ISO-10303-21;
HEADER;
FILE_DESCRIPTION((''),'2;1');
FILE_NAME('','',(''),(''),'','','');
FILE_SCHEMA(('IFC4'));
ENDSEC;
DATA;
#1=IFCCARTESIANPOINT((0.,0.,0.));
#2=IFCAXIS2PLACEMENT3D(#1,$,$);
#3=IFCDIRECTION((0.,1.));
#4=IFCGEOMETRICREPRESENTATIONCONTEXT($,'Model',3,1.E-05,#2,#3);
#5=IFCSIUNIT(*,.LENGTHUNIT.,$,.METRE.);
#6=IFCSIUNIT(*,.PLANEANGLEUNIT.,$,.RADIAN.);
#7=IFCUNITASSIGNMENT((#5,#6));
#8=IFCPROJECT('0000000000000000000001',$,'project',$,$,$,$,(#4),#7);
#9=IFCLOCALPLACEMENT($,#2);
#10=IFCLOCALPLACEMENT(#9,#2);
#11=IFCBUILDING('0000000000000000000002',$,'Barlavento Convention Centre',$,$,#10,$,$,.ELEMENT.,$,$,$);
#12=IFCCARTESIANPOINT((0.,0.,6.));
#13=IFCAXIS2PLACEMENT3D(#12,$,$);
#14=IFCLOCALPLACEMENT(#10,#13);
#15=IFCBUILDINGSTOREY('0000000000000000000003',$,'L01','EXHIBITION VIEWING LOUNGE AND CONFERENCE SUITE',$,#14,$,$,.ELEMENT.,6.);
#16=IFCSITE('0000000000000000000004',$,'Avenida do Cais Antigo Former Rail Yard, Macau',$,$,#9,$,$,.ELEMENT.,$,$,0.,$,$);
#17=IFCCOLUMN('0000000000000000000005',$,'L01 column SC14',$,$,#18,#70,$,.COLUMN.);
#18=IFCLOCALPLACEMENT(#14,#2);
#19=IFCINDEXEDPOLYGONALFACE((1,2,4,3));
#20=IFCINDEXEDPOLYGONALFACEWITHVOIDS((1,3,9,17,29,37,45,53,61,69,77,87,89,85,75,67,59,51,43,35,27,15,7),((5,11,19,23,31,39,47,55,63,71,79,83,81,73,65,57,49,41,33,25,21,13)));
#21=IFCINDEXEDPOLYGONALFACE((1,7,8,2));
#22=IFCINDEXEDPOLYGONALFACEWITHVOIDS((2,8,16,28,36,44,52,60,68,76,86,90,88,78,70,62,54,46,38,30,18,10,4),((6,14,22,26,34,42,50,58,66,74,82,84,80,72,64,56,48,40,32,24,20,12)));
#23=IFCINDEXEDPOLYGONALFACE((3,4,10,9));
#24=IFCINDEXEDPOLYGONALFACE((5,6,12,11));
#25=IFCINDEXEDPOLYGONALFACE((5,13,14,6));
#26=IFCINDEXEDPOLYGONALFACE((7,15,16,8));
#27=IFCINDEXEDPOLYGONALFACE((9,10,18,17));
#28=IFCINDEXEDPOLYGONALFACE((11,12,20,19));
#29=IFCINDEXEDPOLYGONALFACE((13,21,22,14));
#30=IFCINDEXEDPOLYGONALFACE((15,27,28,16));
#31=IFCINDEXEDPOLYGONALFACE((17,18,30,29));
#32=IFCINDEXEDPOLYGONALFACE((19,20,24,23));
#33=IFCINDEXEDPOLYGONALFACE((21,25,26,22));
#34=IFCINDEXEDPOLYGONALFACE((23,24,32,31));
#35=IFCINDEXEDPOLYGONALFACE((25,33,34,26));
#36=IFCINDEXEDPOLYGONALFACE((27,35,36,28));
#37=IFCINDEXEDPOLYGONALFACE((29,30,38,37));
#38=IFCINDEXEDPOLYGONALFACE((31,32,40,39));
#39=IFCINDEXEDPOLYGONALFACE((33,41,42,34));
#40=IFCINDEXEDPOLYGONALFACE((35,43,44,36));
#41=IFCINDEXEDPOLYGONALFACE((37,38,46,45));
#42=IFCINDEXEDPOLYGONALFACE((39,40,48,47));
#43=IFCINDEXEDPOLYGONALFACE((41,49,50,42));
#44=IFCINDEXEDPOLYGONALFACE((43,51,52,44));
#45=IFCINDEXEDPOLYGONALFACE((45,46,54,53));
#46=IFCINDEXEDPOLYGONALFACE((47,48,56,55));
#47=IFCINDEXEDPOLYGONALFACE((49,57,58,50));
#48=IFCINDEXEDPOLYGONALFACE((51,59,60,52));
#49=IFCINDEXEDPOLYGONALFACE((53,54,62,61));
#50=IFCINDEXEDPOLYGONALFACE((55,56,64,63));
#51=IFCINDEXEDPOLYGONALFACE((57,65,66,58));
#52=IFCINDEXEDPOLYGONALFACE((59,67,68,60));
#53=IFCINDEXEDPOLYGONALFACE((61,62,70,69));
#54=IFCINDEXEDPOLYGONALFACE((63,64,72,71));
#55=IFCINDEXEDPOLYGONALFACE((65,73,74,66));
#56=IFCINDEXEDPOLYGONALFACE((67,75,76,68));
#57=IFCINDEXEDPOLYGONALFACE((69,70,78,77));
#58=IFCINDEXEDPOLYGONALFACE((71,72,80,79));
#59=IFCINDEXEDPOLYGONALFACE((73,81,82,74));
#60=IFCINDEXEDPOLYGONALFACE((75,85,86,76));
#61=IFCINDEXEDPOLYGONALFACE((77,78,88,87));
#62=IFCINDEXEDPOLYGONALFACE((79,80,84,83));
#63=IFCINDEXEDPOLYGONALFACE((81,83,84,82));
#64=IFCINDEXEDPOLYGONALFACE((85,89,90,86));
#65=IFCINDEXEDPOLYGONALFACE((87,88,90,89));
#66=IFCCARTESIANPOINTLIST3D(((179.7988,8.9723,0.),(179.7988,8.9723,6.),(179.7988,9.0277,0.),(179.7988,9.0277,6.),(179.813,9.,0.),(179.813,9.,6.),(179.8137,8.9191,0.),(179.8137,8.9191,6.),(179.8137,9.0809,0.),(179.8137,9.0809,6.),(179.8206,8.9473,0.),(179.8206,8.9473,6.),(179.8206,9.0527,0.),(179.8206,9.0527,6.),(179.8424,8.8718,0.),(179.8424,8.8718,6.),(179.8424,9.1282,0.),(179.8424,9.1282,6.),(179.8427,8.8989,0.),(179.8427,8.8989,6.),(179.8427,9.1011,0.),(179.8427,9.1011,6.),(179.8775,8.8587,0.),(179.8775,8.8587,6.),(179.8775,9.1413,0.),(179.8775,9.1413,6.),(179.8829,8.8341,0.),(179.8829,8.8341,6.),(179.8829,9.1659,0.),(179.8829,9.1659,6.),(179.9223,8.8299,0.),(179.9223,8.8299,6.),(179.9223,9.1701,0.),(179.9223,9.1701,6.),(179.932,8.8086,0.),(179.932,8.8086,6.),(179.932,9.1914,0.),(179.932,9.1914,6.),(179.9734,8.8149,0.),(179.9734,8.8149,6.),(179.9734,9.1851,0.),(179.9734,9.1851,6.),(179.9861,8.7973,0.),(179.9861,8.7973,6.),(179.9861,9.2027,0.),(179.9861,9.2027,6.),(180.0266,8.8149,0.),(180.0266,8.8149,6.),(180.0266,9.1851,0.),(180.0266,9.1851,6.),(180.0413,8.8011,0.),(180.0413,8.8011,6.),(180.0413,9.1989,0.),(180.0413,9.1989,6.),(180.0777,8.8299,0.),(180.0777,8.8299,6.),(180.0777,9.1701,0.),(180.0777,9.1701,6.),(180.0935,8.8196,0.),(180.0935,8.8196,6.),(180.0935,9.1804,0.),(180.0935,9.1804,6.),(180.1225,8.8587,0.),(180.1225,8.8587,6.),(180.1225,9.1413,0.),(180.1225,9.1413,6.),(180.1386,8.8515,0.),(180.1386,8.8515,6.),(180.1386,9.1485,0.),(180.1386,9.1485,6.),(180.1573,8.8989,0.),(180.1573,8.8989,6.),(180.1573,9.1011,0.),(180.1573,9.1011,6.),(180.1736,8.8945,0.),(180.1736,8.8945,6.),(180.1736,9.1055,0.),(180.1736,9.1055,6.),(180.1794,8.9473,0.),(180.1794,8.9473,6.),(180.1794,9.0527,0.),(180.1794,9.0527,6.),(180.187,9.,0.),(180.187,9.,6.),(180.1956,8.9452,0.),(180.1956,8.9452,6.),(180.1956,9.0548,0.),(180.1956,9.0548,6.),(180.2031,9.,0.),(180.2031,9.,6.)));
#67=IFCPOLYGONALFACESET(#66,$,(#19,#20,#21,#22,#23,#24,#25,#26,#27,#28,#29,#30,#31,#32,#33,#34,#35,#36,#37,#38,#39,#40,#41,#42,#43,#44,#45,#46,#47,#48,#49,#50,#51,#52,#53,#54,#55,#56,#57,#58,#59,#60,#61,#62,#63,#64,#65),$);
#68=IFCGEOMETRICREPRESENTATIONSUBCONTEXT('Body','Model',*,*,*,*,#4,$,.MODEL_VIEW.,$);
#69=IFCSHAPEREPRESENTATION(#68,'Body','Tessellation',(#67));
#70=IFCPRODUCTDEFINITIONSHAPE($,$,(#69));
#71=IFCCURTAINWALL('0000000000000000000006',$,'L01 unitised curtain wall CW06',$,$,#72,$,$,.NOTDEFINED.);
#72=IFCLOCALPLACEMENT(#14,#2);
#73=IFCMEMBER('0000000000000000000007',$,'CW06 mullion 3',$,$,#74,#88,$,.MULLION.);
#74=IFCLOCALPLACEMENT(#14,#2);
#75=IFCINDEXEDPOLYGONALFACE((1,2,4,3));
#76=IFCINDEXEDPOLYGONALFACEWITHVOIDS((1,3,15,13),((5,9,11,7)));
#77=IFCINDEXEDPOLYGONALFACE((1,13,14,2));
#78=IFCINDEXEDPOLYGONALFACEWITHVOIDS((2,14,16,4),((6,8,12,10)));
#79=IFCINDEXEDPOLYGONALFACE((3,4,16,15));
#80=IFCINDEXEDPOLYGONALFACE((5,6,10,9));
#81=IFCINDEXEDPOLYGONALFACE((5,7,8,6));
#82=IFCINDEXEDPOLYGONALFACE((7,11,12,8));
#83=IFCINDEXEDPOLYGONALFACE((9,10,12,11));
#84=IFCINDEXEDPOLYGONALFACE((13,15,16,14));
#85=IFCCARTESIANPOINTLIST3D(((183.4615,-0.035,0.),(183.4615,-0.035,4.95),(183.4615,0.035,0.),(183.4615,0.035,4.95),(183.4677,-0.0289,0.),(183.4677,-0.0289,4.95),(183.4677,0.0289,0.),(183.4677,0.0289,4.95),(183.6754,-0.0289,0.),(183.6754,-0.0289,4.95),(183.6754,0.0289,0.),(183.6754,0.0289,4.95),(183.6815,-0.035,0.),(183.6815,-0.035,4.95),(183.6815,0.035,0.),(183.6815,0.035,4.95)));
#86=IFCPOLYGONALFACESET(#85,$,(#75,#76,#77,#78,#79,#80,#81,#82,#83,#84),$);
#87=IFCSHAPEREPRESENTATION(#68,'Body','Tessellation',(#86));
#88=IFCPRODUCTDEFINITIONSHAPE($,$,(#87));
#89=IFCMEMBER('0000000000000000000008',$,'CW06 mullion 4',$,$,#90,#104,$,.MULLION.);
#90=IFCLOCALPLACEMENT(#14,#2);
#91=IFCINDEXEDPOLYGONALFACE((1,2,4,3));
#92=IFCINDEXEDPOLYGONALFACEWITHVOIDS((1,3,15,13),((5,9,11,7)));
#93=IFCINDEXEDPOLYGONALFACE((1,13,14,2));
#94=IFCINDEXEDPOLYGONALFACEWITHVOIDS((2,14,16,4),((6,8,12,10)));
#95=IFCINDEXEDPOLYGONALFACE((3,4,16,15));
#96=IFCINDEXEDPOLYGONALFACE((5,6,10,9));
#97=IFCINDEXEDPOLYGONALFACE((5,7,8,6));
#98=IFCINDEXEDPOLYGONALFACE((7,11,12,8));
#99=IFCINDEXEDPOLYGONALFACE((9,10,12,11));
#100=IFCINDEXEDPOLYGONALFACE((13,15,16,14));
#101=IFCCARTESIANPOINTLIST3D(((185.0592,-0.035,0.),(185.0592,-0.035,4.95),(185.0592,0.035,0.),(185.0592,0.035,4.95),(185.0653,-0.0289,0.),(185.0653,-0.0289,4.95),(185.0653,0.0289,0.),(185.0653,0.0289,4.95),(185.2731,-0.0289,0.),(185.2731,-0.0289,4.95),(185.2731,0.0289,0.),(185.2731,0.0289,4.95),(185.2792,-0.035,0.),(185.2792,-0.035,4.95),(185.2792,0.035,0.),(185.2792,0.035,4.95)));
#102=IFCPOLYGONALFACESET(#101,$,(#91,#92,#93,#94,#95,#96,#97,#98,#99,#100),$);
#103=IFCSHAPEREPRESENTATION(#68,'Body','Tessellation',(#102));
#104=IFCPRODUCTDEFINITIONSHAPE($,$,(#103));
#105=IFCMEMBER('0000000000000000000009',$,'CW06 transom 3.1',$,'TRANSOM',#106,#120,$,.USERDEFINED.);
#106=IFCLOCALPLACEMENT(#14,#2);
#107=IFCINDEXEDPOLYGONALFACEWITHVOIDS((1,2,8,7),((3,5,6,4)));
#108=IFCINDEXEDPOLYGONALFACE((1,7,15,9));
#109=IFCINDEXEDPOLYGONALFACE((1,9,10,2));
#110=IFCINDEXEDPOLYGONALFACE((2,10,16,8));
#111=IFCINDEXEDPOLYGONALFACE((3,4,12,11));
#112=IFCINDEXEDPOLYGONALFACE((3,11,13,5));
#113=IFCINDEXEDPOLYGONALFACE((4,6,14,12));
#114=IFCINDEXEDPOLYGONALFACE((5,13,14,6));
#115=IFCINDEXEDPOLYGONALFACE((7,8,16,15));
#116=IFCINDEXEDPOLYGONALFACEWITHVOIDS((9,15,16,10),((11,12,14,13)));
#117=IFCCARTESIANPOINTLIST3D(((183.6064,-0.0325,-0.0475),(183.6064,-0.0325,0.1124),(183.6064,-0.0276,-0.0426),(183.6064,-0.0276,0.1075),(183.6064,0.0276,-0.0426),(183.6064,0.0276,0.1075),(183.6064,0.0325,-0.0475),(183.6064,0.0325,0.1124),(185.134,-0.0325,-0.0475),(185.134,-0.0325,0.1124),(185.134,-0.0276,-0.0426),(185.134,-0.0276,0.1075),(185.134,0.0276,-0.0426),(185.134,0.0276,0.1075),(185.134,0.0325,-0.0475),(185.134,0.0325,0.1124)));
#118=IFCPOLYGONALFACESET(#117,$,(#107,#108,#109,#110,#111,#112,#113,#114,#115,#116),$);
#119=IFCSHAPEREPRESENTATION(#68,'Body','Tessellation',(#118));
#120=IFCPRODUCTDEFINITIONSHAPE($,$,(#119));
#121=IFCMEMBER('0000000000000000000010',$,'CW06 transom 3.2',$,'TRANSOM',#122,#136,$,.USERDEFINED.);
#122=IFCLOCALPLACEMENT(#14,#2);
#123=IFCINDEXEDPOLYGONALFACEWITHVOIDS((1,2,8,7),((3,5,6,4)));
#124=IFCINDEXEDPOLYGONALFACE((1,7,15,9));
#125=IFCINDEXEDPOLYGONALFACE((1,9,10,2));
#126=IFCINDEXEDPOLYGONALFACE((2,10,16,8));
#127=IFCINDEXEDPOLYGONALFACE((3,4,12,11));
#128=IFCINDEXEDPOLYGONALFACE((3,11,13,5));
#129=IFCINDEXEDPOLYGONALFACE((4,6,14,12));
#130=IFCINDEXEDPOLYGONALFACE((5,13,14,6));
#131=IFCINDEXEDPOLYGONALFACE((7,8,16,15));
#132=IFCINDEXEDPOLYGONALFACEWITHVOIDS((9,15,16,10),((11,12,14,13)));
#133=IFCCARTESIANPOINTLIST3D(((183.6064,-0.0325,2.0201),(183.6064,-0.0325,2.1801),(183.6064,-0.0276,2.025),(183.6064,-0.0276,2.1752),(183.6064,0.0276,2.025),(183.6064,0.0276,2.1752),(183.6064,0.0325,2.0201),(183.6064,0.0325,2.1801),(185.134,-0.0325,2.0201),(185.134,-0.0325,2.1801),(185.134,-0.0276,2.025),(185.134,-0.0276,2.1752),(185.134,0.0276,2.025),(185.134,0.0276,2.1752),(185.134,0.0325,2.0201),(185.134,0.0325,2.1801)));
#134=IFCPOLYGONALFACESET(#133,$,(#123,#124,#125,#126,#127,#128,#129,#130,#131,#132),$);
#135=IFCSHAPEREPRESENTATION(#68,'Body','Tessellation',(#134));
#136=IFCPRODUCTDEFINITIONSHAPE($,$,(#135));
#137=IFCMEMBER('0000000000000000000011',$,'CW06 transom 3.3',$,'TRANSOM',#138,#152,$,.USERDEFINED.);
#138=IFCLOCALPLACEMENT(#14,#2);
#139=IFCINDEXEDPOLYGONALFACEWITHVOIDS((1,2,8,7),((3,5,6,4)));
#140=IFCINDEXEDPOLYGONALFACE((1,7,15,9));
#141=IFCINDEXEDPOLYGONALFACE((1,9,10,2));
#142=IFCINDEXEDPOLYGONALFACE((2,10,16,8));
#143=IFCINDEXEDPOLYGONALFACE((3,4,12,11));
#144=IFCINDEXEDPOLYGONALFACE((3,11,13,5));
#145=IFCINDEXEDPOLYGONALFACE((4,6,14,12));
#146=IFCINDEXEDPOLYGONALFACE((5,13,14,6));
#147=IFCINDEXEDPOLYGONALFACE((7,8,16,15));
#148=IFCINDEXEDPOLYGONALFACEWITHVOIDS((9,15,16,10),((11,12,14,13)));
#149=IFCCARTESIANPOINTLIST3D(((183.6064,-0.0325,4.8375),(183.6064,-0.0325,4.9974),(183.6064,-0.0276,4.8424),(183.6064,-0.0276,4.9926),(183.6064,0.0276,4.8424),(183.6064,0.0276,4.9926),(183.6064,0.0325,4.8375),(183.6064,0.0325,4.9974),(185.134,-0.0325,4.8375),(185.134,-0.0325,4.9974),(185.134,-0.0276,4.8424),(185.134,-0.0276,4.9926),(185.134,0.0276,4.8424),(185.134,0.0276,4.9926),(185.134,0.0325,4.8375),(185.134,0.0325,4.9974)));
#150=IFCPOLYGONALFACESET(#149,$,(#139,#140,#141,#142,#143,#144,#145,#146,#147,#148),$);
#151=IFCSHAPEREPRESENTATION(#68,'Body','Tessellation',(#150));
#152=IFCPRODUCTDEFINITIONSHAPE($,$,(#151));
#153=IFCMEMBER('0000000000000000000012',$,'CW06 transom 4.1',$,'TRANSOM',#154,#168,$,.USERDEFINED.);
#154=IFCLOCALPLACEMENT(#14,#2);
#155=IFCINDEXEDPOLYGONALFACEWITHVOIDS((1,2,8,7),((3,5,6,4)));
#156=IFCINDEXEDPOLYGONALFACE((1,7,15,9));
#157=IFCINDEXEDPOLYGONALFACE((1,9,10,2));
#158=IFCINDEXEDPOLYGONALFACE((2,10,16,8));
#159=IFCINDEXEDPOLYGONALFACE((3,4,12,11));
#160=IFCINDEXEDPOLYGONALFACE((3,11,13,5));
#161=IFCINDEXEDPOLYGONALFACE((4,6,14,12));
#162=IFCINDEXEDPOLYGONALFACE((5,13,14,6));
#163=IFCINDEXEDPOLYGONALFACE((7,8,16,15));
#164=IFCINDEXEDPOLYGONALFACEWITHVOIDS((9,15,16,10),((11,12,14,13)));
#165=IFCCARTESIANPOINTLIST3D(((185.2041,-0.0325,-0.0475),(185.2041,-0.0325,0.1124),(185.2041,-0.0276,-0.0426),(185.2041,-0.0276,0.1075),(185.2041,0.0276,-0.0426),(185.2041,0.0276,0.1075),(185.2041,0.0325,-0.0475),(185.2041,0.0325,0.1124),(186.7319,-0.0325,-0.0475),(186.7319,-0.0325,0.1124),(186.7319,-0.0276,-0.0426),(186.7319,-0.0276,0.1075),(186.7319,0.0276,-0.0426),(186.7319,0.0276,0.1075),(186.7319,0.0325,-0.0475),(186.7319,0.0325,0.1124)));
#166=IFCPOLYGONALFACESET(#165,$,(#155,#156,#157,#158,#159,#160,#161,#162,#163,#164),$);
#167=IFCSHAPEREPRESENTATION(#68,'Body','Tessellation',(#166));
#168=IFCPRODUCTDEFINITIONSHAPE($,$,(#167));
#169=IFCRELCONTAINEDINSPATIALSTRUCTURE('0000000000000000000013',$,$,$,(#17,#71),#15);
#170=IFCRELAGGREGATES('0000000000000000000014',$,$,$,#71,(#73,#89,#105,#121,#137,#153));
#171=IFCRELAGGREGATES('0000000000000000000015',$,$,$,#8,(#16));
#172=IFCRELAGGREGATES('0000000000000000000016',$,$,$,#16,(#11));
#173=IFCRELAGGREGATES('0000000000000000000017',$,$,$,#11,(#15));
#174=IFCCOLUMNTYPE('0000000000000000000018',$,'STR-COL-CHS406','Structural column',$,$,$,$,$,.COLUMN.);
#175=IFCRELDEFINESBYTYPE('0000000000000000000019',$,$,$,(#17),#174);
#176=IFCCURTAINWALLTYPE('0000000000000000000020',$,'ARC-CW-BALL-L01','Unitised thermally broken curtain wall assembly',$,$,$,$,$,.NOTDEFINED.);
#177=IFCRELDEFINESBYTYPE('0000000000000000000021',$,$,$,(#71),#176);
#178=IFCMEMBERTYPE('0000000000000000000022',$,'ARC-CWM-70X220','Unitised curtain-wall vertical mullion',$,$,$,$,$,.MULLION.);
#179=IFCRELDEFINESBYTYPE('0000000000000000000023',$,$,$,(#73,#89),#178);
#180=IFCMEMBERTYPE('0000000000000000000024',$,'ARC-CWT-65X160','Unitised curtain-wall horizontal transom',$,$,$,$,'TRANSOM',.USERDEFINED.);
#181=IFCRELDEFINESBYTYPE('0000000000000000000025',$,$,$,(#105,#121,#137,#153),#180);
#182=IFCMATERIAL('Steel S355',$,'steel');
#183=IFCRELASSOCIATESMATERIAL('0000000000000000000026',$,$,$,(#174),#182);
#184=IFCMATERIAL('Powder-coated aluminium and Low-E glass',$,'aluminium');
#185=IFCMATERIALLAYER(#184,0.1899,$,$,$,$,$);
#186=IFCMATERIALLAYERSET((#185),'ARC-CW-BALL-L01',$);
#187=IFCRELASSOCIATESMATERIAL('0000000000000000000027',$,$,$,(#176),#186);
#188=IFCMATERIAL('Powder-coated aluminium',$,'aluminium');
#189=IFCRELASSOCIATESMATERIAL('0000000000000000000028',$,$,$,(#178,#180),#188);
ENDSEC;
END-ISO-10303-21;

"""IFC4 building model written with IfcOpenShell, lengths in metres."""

from ifc_helpers import new_model, si_unit, direction, frame, origin, origin_2d, place, context, subcontext, project, spatial, hollow_rectangle, hollow_circle, extrude, material, layer, layer_set, material_profile, profile_set, type_object, element, aggregate, save


model = new_model("IFC4")

# Units and contexts
model_context = context("Model", 3, precision=1e-05, world=origin(), true_north=direction((0.0, 1.0)))
body_context = subcontext(model_context, "Body", "Model", "MODEL_VIEW")
ifc_project = project(units=[si_unit("LENGTHUNIT", "METRE"), si_unit("PLANEANGLEUNIT", "RADIAN")], contexts=[model_context])

# Site, building, storey
site_placement = place(None, origin())
site = spatial("IfcSite", under=ifc_project, at=site_placement, Name="Avenida do Cais Antigo Former Rail Yard, Macau", CompositionType="ELEMENT", RefElevation=0.0)
building_placement = place(site_placement, origin())
building = spatial("IfcBuilding", under=site, at=building_placement, Name="Barlavento Convention Centre", CompositionType="ELEMENT")
storey_placement = place(building_placement, frame((0.0, 0.0, 6.0)))
storey = spatial("IfcBuildingStorey", under=building, at=storey_placement, Name="L01", Description="EXHIBITION VIEWING LOUNGE AND CONFERENCE SUITE", CompositionType="ELEMENT", Elevation=6.0)

# Column
ifc_material_1 = material(Name="Steel S355", Category="steel")
ifc_material_profile_1 = material_profile(ifc_material_1, hollow_circle(Radius=0.2031, WallThickness=0.0161, at=origin_2d()), Name="CHS 406.4x16.0")
ifc_profile_set_1 = profile_set([ifc_material_profile_1], Name="Steel S355")
column_type = type_object("IfcColumnType", Name="STR-COL-CHS406", Description="Structural column", PredefinedType="COLUMN", material=ifc_profile_set_1)
column_placement = place(storey_placement, frame((180.0, 9.0, 0.0), z_axis=(0.0, 0.0, 1.0), x_axis=(1.0, 0.0, 0.0)))
element("IfcColumn", 1, at=column_placement, inside=storey, type_object=column_type, Name="L01 column SC14", PredefinedType="COLUMN", context=body_context, shape_type="SweptSolid", body=[
    extrude(hollow_circle(Radius=0.2031, WallThickness=0.0161, at=origin_2d()), origin(), (0.0, 0.0, 1.0), 6.0),
])

# Curtain wall, members
ifc_material_2 = material(Name="Powder-coated aluminium and Low-E glass", Category="aluminium")
ifc_layer_1 = layer(ifc_material_2, 0.1899)
ifc_layer_set_1 = layer_set([ifc_layer_1], Name="ARC-CW-BALL-L01")
curtain_wall_type = type_object("IfcCurtainWallType", Name="ARC-CW-BALL-L01", Description="Unitised thermally broken curtain wall assembly", PredefinedType="NOTDEFINED", material=ifc_layer_set_1)
curtain_wall_placement = place(storey_placement, origin())
curtain_wall = element("IfcCurtainWall", 2, at=curtain_wall_placement, inside=storey, type_object=curtain_wall_type, Name="L01 unitised curtain wall CW06", PredefinedType="NOTDEFINED")
ifc_material_3 = material(Name="Powder-coated aluminium", Category="aluminium")
ifc_material_profile_2 = material_profile(ifc_material_3, hollow_rectangle(XDim=0.0701, YDim=0.22, WallThickness=0.0061, at=origin_2d()), Name="AL-MULL 70x220x6")
ifc_profile_set_2 = profile_set([ifc_material_profile_2], Name="Powder-coated aluminium")
member_type_1 = type_object("IfcMemberType", Name="ARC-CWM-70X220", Description="Unitised curtain-wall vertical mullion", PredefinedType="MULLION", material=ifc_profile_set_2)
member_1_placement = place(storey_placement, frame((183.5715, 0.0, 0.0), z_axis=(0.0, 0.0, 1.0), x_axis=(0.0, 1.0, 0.0)))
member_1 = element("IfcMember", 3, at=member_1_placement, type_object=member_type_1, Name="CW06 mullion 3", PredefinedType="MULLION", context=body_context, shape_type="SweptSolid", body=[
    extrude(hollow_rectangle(XDim=0.0701, YDim=0.22, WallThickness=0.0061, at=origin_2d()), origin(), (0.0, 0.0, 1.0), 4.95),
])
member_2_placement = place(storey_placement, frame((185.1692, 0.0, 0.0), z_axis=(0.0, 0.0, 1.0), x_axis=(0.0, 1.0, 0.0)))
member_2 = element("IfcMember", 4, at=member_2_placement, type_object=member_type_1, Name="CW06 mullion 4", PredefinedType="MULLION", context=body_context, shape_type="SweptSolid", body=[
    extrude(hollow_rectangle(XDim=0.0701, YDim=0.22, WallThickness=0.0061, at=origin_2d()), origin(), (0.0, 0.0, 1.0), 4.95),
])
ifc_material_profile_3 = material_profile(ifc_material_3, hollow_rectangle(XDim=0.0649, YDim=0.1599, WallThickness=0.0049, at=origin_2d()), Name="AL-TRAN 65x160x5")
ifc_profile_set_3 = profile_set([ifc_material_profile_3], Name="Powder-coated aluminium")
member_type_2 = type_object("IfcMemberType", Name="ARC-CWT-65X160", Description="Unitised curtain-wall horizontal transom", ElementType="TRANSOM", PredefinedType="USERDEFINED", material=ifc_profile_set_3)
member_3_placement = place(storey_placement, frame((183.6064, 0.0, 0.0325), z_axis=(1.0, 0.0, 0.0), x_axis=(0.0, 1.0, 0.0)))
member_3 = element("IfcMember", 5, at=member_3_placement, type_object=member_type_2, Name="CW06 transom 3.1", ObjectType="TRANSOM", PredefinedType="USERDEFINED", context=body_context, shape_type="SweptSolid", body=[
    extrude(hollow_rectangle(XDim=0.0649, YDim=0.1599, WallThickness=0.0049, at=origin_2d()), origin(), (0.0, 0.0, 1.0), 1.5276),
])
member_4_placement = place(storey_placement, frame((183.6064, 0.0, 2.1001), z_axis=(1.0, 0.0, 0.0), x_axis=(0.0, 1.0, 0.0)))
member_4 = element("IfcMember", 6, at=member_4_placement, type_object=member_type_2, Name="CW06 transom 3.2", ObjectType="TRANSOM", PredefinedType="USERDEFINED", context=body_context, shape_type="SweptSolid", body=[
    extrude(hollow_rectangle(XDim=0.0649, YDim=0.1599, WallThickness=0.0049, at=origin_2d()), origin(), (0.0, 0.0, 1.0), 1.5276),
])
member_5_placement = place(storey_placement, frame((183.6064, 0.0, 4.9175), z_axis=(1.0, 0.0, 0.0), x_axis=(0.0, 1.0, 0.0)))
member_5 = element("IfcMember", 7, at=member_5_placement, type_object=member_type_2, Name="CW06 transom 3.3", ObjectType="TRANSOM", PredefinedType="USERDEFINED", context=body_context, shape_type="SweptSolid", body=[
    extrude(hollow_rectangle(XDim=0.0649, YDim=0.1599, WallThickness=0.0049, at=origin_2d()), origin(), (0.0, 0.0, 1.0), 1.5276),
])
member_6_placement = place(storey_placement, frame((185.2041, 0.0, 0.0325), z_axis=(1.0, 0.0, 0.0), x_axis=(0.0, 1.0, 0.0)))
member_6 = element("IfcMember", 8, at=member_6_placement, type_object=member_type_2, Name="CW06 transom 4.1", ObjectType="TRANSOM", PredefinedType="USERDEFINED", context=body_context, shape_type="SweptSolid", body=[
    extrude(hollow_rectangle(XDim=0.0649, YDim=0.1599, WallThickness=0.0049, at=origin_2d()), origin(), (0.0, 0.0, 1.0), 1.5278),
])

aggregate(curtain_wall, [member_1, member_2, member_3, member_4, member_5, member_6])

save(model, "model.ifc")
